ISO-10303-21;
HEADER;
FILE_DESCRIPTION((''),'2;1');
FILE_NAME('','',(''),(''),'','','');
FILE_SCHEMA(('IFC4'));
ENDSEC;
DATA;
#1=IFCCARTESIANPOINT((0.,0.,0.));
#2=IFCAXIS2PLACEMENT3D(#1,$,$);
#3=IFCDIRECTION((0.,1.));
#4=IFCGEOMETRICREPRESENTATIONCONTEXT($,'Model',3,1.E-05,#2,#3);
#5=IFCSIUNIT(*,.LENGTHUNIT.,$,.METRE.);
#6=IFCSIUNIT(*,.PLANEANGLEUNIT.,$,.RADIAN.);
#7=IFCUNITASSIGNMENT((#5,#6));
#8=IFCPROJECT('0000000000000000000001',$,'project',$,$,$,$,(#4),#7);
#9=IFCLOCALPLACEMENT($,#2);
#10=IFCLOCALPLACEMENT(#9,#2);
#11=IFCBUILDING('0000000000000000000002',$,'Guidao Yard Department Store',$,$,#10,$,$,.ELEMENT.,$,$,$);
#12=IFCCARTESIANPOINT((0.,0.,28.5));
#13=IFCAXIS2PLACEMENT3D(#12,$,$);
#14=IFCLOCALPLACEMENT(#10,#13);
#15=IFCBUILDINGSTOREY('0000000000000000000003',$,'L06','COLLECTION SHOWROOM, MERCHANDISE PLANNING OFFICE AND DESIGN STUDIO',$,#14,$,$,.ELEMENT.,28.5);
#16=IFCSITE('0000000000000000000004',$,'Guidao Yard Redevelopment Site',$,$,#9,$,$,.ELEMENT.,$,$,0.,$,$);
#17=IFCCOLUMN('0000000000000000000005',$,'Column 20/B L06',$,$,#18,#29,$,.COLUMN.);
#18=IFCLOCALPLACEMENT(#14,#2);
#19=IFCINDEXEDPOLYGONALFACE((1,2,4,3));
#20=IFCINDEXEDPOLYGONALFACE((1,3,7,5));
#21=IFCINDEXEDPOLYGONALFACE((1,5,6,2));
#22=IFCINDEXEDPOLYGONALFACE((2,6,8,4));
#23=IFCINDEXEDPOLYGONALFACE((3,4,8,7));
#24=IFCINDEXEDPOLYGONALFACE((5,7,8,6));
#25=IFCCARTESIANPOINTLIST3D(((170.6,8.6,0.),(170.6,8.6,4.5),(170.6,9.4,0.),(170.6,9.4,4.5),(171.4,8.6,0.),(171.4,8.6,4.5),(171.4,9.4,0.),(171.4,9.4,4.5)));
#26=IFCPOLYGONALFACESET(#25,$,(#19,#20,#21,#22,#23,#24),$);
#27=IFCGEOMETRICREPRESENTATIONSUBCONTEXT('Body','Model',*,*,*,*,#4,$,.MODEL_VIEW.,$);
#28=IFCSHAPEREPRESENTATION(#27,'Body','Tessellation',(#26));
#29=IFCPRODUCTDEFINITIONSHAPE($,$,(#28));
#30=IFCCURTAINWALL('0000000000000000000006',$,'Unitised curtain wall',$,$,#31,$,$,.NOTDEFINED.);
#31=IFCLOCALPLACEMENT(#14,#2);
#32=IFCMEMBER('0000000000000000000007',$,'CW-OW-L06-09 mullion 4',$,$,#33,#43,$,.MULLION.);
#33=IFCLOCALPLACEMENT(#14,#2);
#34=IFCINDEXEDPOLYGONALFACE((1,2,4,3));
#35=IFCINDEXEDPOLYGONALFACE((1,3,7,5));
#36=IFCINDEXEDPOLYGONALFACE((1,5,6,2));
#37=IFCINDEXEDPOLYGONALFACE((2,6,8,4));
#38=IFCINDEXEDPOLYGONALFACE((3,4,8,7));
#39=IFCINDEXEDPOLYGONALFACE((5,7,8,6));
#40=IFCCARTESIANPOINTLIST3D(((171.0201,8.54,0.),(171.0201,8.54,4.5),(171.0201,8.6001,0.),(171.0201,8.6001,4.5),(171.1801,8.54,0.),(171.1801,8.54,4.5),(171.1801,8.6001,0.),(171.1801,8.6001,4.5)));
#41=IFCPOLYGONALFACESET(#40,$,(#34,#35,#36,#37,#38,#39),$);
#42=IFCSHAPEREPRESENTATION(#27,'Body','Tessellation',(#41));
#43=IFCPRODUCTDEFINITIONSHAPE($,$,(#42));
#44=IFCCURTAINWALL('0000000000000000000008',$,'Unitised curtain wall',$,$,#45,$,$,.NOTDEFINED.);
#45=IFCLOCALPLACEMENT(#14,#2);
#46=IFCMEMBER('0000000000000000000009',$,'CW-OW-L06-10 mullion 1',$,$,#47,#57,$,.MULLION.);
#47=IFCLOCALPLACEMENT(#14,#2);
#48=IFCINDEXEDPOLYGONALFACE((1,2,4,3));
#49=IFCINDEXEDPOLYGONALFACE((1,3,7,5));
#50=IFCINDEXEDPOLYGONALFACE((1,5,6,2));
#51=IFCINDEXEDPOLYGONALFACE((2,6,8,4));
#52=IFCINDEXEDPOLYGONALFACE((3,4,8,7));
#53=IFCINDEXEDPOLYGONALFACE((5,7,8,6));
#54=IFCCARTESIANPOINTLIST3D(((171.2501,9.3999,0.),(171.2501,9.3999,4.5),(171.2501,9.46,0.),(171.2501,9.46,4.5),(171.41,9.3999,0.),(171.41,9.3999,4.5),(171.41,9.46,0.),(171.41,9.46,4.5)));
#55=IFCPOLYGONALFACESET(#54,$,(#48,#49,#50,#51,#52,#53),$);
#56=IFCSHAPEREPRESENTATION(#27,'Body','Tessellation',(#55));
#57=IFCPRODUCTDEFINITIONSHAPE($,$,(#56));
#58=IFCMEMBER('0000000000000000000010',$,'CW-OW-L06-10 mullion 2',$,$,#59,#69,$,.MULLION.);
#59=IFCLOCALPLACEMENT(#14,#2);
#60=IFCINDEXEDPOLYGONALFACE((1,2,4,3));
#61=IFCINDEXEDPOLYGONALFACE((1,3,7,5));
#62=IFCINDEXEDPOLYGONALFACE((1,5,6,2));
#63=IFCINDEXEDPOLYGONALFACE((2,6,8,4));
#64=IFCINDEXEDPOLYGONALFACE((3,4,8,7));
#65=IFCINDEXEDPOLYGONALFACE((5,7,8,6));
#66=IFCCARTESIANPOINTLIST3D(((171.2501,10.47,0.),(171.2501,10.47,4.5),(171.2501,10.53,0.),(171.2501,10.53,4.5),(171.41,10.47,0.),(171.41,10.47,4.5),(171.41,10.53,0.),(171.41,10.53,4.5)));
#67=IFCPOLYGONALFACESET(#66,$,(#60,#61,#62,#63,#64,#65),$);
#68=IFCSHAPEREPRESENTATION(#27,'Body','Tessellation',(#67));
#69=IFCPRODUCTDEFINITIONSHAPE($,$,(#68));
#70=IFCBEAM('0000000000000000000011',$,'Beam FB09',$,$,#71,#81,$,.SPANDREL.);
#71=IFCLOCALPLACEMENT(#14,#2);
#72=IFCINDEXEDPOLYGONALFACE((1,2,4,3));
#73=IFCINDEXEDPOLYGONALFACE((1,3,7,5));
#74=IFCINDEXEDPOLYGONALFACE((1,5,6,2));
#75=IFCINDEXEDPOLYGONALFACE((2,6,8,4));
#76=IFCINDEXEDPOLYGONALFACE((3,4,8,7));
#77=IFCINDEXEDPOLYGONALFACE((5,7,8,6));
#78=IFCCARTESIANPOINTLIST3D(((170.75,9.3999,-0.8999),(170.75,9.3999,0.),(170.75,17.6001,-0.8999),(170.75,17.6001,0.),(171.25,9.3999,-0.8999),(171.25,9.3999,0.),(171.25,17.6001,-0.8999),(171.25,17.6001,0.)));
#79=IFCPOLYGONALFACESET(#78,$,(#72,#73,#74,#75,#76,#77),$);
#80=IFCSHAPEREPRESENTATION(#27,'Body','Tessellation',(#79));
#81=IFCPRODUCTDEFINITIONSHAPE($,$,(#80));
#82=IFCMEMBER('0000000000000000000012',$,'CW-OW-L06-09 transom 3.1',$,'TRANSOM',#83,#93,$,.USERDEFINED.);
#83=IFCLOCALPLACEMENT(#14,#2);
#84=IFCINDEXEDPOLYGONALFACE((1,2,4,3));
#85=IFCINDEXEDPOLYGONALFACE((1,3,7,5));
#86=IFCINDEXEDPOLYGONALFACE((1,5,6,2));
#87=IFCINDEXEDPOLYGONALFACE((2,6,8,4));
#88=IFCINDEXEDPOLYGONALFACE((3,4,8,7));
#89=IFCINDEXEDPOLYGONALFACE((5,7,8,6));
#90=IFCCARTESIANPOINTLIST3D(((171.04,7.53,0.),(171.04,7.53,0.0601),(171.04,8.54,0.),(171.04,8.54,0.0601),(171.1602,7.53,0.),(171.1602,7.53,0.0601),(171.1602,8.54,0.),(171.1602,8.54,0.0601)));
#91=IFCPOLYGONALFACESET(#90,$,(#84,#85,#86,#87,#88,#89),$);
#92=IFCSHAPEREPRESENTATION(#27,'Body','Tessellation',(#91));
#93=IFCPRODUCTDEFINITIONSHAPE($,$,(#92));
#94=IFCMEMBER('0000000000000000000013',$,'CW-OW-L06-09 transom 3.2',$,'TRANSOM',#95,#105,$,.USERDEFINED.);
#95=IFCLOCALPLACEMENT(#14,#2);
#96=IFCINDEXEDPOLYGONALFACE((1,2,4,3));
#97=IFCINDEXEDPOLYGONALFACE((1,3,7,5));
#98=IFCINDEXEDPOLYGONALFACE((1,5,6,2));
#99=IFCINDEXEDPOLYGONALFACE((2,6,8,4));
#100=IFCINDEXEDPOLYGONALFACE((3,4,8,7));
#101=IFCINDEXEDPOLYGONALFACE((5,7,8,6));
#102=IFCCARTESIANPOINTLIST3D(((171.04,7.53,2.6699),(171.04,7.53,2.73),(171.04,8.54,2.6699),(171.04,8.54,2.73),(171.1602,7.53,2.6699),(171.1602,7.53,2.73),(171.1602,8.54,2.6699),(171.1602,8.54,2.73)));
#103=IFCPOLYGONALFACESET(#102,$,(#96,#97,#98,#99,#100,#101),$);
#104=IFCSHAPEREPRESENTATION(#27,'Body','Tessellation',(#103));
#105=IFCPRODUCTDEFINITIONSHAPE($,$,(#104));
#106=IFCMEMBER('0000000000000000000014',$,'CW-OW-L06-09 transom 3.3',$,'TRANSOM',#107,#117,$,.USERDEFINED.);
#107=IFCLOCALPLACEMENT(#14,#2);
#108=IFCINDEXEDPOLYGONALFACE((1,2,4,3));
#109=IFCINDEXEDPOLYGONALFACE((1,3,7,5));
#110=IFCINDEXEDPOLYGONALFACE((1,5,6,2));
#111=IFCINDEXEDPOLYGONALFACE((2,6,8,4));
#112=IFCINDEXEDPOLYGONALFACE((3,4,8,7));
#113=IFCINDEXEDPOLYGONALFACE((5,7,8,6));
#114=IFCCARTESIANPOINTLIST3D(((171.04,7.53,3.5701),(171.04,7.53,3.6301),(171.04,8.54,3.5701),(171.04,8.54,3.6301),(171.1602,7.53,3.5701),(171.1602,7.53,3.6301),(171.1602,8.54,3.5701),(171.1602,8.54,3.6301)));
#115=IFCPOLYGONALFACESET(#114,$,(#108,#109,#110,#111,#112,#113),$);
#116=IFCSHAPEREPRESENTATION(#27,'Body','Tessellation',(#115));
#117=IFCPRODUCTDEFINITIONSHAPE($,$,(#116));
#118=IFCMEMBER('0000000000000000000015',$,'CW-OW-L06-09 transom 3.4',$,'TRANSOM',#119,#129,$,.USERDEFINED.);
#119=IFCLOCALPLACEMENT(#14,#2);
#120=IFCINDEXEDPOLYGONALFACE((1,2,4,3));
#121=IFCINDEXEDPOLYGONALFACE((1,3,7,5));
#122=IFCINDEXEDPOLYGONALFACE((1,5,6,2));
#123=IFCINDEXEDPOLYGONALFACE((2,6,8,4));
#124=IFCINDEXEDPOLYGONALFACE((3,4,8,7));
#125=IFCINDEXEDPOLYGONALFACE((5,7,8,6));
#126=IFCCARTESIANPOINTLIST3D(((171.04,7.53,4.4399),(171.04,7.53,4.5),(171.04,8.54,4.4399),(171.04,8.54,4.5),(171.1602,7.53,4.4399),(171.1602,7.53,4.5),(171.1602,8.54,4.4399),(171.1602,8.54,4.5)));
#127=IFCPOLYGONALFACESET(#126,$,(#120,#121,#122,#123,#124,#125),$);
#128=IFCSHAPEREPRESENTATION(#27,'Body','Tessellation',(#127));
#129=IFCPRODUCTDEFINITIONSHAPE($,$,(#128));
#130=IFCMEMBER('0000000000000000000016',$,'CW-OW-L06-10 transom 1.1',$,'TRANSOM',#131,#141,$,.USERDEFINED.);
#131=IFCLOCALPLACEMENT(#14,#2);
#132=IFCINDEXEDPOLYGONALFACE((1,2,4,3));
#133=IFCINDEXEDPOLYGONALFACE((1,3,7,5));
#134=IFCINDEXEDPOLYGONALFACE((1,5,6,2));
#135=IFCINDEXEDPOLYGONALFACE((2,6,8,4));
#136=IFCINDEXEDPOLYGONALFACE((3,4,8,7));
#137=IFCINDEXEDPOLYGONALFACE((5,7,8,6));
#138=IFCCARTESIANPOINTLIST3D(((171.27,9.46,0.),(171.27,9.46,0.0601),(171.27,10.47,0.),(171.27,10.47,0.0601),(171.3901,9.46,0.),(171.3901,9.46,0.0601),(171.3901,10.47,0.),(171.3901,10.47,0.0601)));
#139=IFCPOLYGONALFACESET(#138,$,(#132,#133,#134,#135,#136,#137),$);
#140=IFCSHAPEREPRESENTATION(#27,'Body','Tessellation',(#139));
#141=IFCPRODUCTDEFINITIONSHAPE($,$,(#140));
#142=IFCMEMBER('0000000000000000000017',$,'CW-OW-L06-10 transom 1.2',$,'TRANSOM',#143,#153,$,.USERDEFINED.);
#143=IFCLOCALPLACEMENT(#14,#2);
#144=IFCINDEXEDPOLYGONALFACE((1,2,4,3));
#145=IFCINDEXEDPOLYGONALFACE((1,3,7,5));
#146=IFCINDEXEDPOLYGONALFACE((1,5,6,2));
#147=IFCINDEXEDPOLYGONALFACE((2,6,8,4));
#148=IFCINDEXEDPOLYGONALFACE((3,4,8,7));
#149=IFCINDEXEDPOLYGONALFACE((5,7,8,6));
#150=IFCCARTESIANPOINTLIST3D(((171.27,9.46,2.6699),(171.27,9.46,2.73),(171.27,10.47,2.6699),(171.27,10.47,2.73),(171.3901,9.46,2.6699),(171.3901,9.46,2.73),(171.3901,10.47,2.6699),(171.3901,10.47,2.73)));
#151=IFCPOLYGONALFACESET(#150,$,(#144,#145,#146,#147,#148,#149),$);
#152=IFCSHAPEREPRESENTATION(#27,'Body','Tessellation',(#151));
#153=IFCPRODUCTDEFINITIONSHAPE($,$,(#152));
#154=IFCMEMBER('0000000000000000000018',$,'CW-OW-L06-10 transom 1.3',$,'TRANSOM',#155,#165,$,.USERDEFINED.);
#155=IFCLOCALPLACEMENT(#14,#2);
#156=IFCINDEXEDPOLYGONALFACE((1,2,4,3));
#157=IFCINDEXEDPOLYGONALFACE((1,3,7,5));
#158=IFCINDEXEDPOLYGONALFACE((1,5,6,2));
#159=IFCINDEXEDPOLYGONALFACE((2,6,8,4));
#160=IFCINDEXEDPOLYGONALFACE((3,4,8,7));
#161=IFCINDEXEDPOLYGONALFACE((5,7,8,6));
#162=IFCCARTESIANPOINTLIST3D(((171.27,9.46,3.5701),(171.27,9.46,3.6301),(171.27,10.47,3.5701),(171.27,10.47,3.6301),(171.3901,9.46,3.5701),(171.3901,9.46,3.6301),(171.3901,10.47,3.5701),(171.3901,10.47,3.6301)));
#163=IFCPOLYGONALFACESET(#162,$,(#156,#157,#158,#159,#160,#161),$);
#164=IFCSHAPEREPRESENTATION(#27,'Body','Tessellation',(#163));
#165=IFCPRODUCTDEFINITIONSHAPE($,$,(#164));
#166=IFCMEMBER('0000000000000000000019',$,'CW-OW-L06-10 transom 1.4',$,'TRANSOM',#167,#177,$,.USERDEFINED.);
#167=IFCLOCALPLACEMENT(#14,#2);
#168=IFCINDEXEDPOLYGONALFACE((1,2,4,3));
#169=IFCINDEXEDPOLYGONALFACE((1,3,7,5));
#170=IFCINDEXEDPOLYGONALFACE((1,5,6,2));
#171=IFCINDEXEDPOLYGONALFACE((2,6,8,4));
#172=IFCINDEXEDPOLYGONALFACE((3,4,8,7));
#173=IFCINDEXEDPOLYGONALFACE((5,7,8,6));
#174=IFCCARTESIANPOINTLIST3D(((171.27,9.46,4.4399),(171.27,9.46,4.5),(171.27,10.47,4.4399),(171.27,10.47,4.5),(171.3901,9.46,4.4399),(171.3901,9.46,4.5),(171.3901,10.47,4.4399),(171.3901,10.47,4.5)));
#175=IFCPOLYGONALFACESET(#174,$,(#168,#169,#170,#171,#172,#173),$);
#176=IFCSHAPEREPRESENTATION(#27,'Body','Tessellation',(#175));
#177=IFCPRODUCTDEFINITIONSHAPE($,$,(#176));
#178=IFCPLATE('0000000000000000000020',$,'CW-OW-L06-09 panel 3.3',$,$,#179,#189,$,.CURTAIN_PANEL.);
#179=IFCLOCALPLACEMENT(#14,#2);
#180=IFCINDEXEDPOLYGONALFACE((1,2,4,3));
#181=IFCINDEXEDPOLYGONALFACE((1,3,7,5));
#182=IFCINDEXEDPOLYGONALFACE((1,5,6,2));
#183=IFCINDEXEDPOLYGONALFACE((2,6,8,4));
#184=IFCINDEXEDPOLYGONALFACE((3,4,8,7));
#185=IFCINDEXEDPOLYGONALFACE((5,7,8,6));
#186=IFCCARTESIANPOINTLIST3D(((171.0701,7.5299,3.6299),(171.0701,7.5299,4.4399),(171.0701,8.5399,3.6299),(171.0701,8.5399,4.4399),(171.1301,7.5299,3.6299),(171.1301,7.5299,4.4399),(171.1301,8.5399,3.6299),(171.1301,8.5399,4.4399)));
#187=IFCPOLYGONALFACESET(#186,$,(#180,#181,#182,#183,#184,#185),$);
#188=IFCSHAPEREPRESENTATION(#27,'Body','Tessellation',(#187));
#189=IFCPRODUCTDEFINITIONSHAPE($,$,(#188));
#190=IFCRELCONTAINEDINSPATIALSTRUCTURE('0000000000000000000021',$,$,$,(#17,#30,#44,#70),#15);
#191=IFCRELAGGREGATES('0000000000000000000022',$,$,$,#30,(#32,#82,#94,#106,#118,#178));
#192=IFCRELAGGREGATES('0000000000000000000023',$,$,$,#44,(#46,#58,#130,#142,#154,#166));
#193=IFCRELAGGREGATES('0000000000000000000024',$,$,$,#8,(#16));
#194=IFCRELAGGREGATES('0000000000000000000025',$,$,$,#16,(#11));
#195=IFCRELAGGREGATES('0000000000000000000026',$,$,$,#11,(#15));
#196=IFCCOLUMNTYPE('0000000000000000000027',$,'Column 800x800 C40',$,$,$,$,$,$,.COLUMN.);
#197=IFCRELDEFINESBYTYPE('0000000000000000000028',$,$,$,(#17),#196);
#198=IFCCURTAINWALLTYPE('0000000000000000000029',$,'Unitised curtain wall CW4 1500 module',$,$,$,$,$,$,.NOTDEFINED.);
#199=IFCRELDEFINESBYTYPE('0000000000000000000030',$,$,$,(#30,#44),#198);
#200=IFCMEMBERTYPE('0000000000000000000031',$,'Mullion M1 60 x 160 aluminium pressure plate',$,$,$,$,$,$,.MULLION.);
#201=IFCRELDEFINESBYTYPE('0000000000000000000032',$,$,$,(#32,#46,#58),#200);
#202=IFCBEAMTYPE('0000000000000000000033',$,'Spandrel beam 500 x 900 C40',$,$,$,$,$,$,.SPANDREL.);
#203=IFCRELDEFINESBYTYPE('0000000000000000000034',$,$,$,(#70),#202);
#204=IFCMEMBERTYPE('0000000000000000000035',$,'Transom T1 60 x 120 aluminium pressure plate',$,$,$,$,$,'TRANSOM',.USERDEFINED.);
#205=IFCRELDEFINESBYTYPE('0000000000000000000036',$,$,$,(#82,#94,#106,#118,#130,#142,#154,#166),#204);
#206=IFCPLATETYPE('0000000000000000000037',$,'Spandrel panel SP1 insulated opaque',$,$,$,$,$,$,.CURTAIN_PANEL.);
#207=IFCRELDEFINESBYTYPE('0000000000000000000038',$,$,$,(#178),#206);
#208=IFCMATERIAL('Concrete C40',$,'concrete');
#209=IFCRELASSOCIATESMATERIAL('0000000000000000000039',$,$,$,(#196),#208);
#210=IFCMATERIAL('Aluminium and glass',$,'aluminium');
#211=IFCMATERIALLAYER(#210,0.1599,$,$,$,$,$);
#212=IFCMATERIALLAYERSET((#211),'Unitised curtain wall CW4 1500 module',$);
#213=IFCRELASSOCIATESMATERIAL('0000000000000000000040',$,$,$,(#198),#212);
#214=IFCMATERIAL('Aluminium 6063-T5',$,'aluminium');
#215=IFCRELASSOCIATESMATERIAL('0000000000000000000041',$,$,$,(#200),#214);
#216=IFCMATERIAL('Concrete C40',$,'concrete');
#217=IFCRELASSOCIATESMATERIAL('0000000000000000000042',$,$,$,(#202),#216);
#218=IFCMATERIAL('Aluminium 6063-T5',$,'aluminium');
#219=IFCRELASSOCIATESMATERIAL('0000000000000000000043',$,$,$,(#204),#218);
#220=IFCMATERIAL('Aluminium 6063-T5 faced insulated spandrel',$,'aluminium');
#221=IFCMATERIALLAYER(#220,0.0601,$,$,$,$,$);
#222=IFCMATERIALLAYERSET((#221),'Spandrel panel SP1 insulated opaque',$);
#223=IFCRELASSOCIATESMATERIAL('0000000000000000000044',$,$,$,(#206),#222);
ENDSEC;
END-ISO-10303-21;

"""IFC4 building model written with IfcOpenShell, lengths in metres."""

from ifc_helpers import new_model, si_unit, direction, frame, origin, origin_2d, place, context, subcontext, project, spatial, rectangle, extrude, material, layer, layer_set, material_profile, profile_set, type_object, element, aggregate, save


model = new_model("IFC4")

# Units and contexts
model_context = context("Model", 3, precision=1e-05, world=origin(), true_north=direction((0.0, 1.0)))
body_context = subcontext(model_context, "Body", "Model", "MODEL_VIEW")
ifc_project = project(units=[si_unit("LENGTHUNIT", "METRE"), si_unit("PLANEANGLEUNIT", "RADIAN")], contexts=[model_context])

# Site, building, storey
site_placement = place(None, origin())
site = spatial("IfcSite", under=ifc_project, at=site_placement, Name="Guidao Yard Redevelopment Site", CompositionType="ELEMENT", RefElevation=0.0)
building_placement = place(site_placement, origin())
building = spatial("IfcBuilding", under=site, at=building_placement, Name="Guidao Yard Department Store", CompositionType="ELEMENT")
storey_placement = place(building_placement, frame((0.0, 0.0, 28.5)))
storey = spatial("IfcBuildingStorey", under=building, at=storey_placement, Name="L06", Description="COLLECTION SHOWROOM, MERCHANDISE PLANNING OFFICE AND DESIGN STUDIO", CompositionType="ELEMENT", Elevation=28.5)

# Column
ifc_material_1 = material(Name="Concrete C40", Category="concrete")
ifc_material_profile_1 = material_profile(ifc_material_1, rectangle(XDim=0.8, YDim=0.8, at=origin_2d()), Name="COL 800x800")
ifc_profile_set_1 = profile_set([ifc_material_profile_1], Name="Concrete C40")
column_type = type_object("IfcColumnType", Name="Column 800x800 C40", PredefinedType="COLUMN", material=ifc_profile_set_1)
column_placement = place(storey_placement, frame((171.0, 9.0, 0.0), z_axis=(0.0, 0.0, 1.0), x_axis=(1.0, 0.0, 0.0)))
element("IfcColumn", 1, at=column_placement, inside=storey, type_object=column_type, Name="Column 20/B L06", PredefinedType="COLUMN", context=body_context, shape_type="SweptSolid", body=[
    extrude(rectangle(XDim=0.8, YDim=0.8, at=origin_2d()), origin(), (0.0, 0.0, 1.0), 4.5),
])

# Curtain wall, member
ifc_material_2 = material(Name="Aluminium and glass", Category="aluminium")
ifc_layer_1 = layer(ifc_material_2, 0.1599)
ifc_layer_set_1 = layer_set([ifc_layer_1], Name="Unitised curtain wall CW4 1500 module")
curtain_wall_type = type_object("IfcCurtainWallType", Name="Unitised curtain wall CW4 1500 module", PredefinedType="NOTDEFINED", material=ifc_layer_set_1)
curtain_wall_1_placement = place(storey_placement, origin())
curtain_wall_1 = element("IfcCurtainWall", 2, at=curtain_wall_1_placement, inside=storey, type_object=curtain_wall_type, Name="Unitised curtain wall", PredefinedType="NOTDEFINED")
ifc_material_3 = material(Name="Aluminium 6063-T5", Category="aluminium")
ifc_material_profile_2 = material_profile(ifc_material_3, rectangle(XDim=0.0601, YDim=0.1599, at=origin_2d()), Name="Mullion M1 60 x 160 aluminium pressure plate")
ifc_profile_set_2 = profile_set([ifc_material_profile_2], Name="Aluminium 6063-T5")
member_type_1 = type_object("IfcMemberType", Name="Mullion M1 60 x 160 aluminium pressure plate", PredefinedType="MULLION", material=ifc_profile_set_2)
member_1_placement = place(storey_placement, frame((171.1001, 8.5701, 0.0), z_axis=(0.0, 0.0, 1.0), x_axis=(0.0, -1.0, 0.0)))
member_1 = element("IfcMember", 3, at=member_1_placement, type_object=member_type_1, Name="CW-OW-L06-09 mullion 4", PredefinedType="MULLION", context=body_context, shape_type="SweptSolid", body=[
    extrude(rectangle(XDim=0.0601, YDim=0.1599, at=origin_2d()), origin(), (0.0, 0.0, 1.0), 4.5),
])

# Curtain wall, members
curtain_wall_2_placement = place(storey_placement, origin())
curtain_wall_2 = element("IfcCurtainWall", 4, at=curtain_wall_2_placement, inside=storey, type_object=curtain_wall_type, Name="Unitised curtain wall", PredefinedType="NOTDEFINED")
member_2_placement = place(storey_placement, frame((171.3301, 9.4299, 0.0), z_axis=(0.0, 0.0, 1.0), x_axis=(0.0, -1.0, 0.0)))
member_2 = element("IfcMember", 5, at=member_2_placement, type_object=member_type_1, Name="CW-OW-L06-10 mullion 1", PredefinedType="MULLION", context=body_context, shape_type="SweptSolid", body=[
    extrude(rectangle(XDim=0.0601, YDim=0.1599, at=origin_2d()), origin(), (0.0, 0.0, 1.0), 4.5),
])
member_3_placement = place(storey_placement, frame((171.3301, 10.5, 0.0), z_axis=(0.0, 0.0, 1.0), x_axis=(0.0, -1.0, 0.0)))
member_3 = element("IfcMember", 6, at=member_3_placement, type_object=member_type_1, Name="CW-OW-L06-10 mullion 2", PredefinedType="MULLION", context=body_context, shape_type="SweptSolid", body=[
    extrude(rectangle(XDim=0.0601, YDim=0.1599, at=origin_2d()), origin(), (0.0, 0.0, 1.0), 4.5),
])

# Beam
ifc_material_4 = material(Name="Concrete C40", Category="concrete")
ifc_material_profile_3 = material_profile(ifc_material_4, rectangle(XDim=0.5, YDim=0.8999, at=origin_2d()), Name="Spandrel beam 500 x 900 C40")
ifc_profile_set_3 = profile_set([ifc_material_profile_3], Name="Concrete C40")
beam_type = type_object("IfcBeamType", Name="Spandrel beam 500 x 900 C40", PredefinedType="SPANDREL", material=ifc_profile_set_3)
beam_placement = place(storey_placement, frame((171.0, 9.3999, -0.45), z_axis=(0.0, 1.0, 0.0), x_axis=(-1.0, 0.0, 0.0)))
element("IfcBeam", 7, at=beam_placement, inside=storey, type_object=beam_type, Name="Beam FB09", PredefinedType="SPANDREL", context=body_context, shape_type="SweptSolid", body=[
    extrude(rectangle(XDim=0.5, YDim=0.8999, at=origin_2d()), origin(), (0.0, 0.0, 1.0), 8.2002),
])

# Members
ifc_material_5 = material(Name="Aluminium 6063-T5", Category="aluminium")
ifc_material_profile_4 = material_profile(ifc_material_5, rectangle(XDim=0.1201, YDim=0.0601, at=origin_2d()), Name="Transom T1 60 x 120 aluminium pressure plate")
ifc_profile_set_4 = profile_set([ifc_material_profile_4], Name="Aluminium 6063-T5")
member_type_2 = type_object("IfcMemberType", Name="Transom T1 60 x 120 aluminium pressure plate", ElementType="TRANSOM", PredefinedType="USERDEFINED", material=ifc_profile_set_4)
member_4_placement = place(storey_placement, frame((171.1001, 8.54, 0.03), z_axis=(0.0, -1.0, 0.0), x_axis=(1.0, 0.0, 0.0)))
member_4 = element("IfcMember", 8, at=member_4_placement, type_object=member_type_2, Name="CW-OW-L06-09 transom 3.1", ObjectType="TRANSOM", PredefinedType="USERDEFINED", context=body_context, shape_type="SweptSolid", body=[
    extrude(rectangle(XDim=0.1201, YDim=0.0601, at=origin_2d()), origin(), (0.0, 0.0, 1.0), 1.01),
])
member_5_placement = place(storey_placement, frame((171.1001, 8.54, 2.7), z_axis=(0.0, -1.0, 0.0), x_axis=(1.0, 0.0, 0.0)))
member_5 = element("IfcMember", 9, at=member_5_placement, type_object=member_type_2, Name="CW-OW-L06-09 transom 3.2", ObjectType="TRANSOM", PredefinedType="USERDEFINED", context=body_context, shape_type="SweptSolid", body=[
    extrude(rectangle(XDim=0.1201, YDim=0.0601, at=origin_2d()), origin(), (0.0, 0.0, 1.0), 1.01),
])
member_6_placement = place(storey_placement, frame((171.1001, 8.54, 3.6001), z_axis=(0.0, -1.0, 0.0), x_axis=(1.0, 0.0, 0.0)))
member_6 = element("IfcMember", 10, at=member_6_placement, type_object=member_type_2, Name="CW-OW-L06-09 transom 3.3", ObjectType="TRANSOM", PredefinedType="USERDEFINED", context=body_context, shape_type="SweptSolid", body=[
    extrude(rectangle(XDim=0.1201, YDim=0.0601, at=origin_2d()), origin(), (0.0, 0.0, 1.0), 1.01),
])
member_7_placement = place(storey_placement, frame((171.1001, 8.54, 4.47), z_axis=(0.0, -1.0, 0.0), x_axis=(1.0, 0.0, 0.0)))
member_7 = element("IfcMember", 11, at=member_7_placement, type_object=member_type_2, Name="CW-OW-L06-09 transom 3.4", ObjectType="TRANSOM", PredefinedType="USERDEFINED", context=body_context, shape_type="SweptSolid", body=[
    extrude(rectangle(XDim=0.1201, YDim=0.0601, at=origin_2d()), origin(), (0.0, 0.0, 1.0), 1.01),
])
member_8_placement = place(storey_placement, frame((171.3301, 10.47, 0.03), z_axis=(0.0, -1.0, 0.0), x_axis=(1.0, 0.0, 0.0)))
member_8 = element("IfcMember", 12, at=member_8_placement, type_object=member_type_2, Name="CW-OW-L06-10 transom 1.1", ObjectType="TRANSOM", PredefinedType="USERDEFINED", context=body_context, shape_type="SweptSolid", body=[
    extrude(rectangle(XDim=0.1201, YDim=0.0601, at=origin_2d()), origin(), (0.0, 0.0, 1.0), 1.01),
])
member_9_placement = place(storey_placement, frame((171.3301, 10.47, 2.7), z_axis=(0.0, -1.0, 0.0), x_axis=(1.0, 0.0, 0.0)))
member_9 = element("IfcMember", 13, at=member_9_placement, type_object=member_type_2, Name="CW-OW-L06-10 transom 1.2", ObjectType="TRANSOM", PredefinedType="USERDEFINED", context=body_context, shape_type="SweptSolid", body=[
    extrude(rectangle(XDim=0.1201, YDim=0.0601, at=origin_2d()), origin(), (0.0, 0.0, 1.0), 1.01),
])
member_10_placement = place(storey_placement, frame((171.3301, 10.47, 3.6001), z_axis=(0.0, -1.0, 0.0), x_axis=(1.0, 0.0, 0.0)))
member_10 = element("IfcMember", 14, at=member_10_placement, type_object=member_type_2, Name="CW-OW-L06-10 transom 1.3", ObjectType="TRANSOM", PredefinedType="USERDEFINED", context=body_context, shape_type="SweptSolid", body=[
    extrude(rectangle(XDim=0.1201, YDim=0.0601, at=origin_2d()), origin(), (0.0, 0.0, 1.0), 1.01),
])
member_11_placement = place(storey_placement, frame((171.3301, 10.47, 4.47), z_axis=(0.0, -1.0, 0.0), x_axis=(1.0, 0.0, 0.0)))
member_11 = element("IfcMember", 15, at=member_11_placement, type_object=member_type_2, Name="CW-OW-L06-10 transom 1.4", ObjectType="TRANSOM", PredefinedType="USERDEFINED", context=body_context, shape_type="SweptSolid", body=[
    extrude(rectangle(XDim=0.1201, YDim=0.0601, at=origin_2d()), origin(), (0.0, 0.0, 1.0), 1.01),
])

# Plate
ifc_material_6 = material(Name="Aluminium 6063-T5 faced insulated spandrel", Category="aluminium")
ifc_layer_2 = layer(ifc_material_6, 0.0601)
ifc_layer_set_2 = layer_set([ifc_layer_2], Name="Spandrel panel SP1 insulated opaque")
plate_type_1 = type_object("IfcPlateType", Name="Spandrel panel SP1 insulated opaque", PredefinedType="CURTAIN_PANEL", material=ifc_layer_set_2)
plate_1_placement = place(storey_placement, frame((171.1001, 8.0349, 3.6299), z_axis=(0.0, 0.0, 1.0), x_axis=(0.0, -1.0, 0.0)))
plate_1 = element("IfcPlate", 16, at=plate_1_placement, type_object=plate_type_1, Name="CW-OW-L06-09 panel 3.3", PredefinedType="CURTAIN_PANEL", context=body_context, shape_type="SweptSolid", body=[
    extrude(rectangle(XDim=1.01, YDim=0.0601, at=origin_2d()), origin(), (0.0, 0.0, 1.0), 0.8101),
])
aggregate(curtain_wall_1, [member_1, member_4, member_5, member_6, member_7, plate_1])
aggregate(curtain_wall_2, [member_2, member_3, member_8, member_9, member_10, member_11])

save(model, "model.ifc")
